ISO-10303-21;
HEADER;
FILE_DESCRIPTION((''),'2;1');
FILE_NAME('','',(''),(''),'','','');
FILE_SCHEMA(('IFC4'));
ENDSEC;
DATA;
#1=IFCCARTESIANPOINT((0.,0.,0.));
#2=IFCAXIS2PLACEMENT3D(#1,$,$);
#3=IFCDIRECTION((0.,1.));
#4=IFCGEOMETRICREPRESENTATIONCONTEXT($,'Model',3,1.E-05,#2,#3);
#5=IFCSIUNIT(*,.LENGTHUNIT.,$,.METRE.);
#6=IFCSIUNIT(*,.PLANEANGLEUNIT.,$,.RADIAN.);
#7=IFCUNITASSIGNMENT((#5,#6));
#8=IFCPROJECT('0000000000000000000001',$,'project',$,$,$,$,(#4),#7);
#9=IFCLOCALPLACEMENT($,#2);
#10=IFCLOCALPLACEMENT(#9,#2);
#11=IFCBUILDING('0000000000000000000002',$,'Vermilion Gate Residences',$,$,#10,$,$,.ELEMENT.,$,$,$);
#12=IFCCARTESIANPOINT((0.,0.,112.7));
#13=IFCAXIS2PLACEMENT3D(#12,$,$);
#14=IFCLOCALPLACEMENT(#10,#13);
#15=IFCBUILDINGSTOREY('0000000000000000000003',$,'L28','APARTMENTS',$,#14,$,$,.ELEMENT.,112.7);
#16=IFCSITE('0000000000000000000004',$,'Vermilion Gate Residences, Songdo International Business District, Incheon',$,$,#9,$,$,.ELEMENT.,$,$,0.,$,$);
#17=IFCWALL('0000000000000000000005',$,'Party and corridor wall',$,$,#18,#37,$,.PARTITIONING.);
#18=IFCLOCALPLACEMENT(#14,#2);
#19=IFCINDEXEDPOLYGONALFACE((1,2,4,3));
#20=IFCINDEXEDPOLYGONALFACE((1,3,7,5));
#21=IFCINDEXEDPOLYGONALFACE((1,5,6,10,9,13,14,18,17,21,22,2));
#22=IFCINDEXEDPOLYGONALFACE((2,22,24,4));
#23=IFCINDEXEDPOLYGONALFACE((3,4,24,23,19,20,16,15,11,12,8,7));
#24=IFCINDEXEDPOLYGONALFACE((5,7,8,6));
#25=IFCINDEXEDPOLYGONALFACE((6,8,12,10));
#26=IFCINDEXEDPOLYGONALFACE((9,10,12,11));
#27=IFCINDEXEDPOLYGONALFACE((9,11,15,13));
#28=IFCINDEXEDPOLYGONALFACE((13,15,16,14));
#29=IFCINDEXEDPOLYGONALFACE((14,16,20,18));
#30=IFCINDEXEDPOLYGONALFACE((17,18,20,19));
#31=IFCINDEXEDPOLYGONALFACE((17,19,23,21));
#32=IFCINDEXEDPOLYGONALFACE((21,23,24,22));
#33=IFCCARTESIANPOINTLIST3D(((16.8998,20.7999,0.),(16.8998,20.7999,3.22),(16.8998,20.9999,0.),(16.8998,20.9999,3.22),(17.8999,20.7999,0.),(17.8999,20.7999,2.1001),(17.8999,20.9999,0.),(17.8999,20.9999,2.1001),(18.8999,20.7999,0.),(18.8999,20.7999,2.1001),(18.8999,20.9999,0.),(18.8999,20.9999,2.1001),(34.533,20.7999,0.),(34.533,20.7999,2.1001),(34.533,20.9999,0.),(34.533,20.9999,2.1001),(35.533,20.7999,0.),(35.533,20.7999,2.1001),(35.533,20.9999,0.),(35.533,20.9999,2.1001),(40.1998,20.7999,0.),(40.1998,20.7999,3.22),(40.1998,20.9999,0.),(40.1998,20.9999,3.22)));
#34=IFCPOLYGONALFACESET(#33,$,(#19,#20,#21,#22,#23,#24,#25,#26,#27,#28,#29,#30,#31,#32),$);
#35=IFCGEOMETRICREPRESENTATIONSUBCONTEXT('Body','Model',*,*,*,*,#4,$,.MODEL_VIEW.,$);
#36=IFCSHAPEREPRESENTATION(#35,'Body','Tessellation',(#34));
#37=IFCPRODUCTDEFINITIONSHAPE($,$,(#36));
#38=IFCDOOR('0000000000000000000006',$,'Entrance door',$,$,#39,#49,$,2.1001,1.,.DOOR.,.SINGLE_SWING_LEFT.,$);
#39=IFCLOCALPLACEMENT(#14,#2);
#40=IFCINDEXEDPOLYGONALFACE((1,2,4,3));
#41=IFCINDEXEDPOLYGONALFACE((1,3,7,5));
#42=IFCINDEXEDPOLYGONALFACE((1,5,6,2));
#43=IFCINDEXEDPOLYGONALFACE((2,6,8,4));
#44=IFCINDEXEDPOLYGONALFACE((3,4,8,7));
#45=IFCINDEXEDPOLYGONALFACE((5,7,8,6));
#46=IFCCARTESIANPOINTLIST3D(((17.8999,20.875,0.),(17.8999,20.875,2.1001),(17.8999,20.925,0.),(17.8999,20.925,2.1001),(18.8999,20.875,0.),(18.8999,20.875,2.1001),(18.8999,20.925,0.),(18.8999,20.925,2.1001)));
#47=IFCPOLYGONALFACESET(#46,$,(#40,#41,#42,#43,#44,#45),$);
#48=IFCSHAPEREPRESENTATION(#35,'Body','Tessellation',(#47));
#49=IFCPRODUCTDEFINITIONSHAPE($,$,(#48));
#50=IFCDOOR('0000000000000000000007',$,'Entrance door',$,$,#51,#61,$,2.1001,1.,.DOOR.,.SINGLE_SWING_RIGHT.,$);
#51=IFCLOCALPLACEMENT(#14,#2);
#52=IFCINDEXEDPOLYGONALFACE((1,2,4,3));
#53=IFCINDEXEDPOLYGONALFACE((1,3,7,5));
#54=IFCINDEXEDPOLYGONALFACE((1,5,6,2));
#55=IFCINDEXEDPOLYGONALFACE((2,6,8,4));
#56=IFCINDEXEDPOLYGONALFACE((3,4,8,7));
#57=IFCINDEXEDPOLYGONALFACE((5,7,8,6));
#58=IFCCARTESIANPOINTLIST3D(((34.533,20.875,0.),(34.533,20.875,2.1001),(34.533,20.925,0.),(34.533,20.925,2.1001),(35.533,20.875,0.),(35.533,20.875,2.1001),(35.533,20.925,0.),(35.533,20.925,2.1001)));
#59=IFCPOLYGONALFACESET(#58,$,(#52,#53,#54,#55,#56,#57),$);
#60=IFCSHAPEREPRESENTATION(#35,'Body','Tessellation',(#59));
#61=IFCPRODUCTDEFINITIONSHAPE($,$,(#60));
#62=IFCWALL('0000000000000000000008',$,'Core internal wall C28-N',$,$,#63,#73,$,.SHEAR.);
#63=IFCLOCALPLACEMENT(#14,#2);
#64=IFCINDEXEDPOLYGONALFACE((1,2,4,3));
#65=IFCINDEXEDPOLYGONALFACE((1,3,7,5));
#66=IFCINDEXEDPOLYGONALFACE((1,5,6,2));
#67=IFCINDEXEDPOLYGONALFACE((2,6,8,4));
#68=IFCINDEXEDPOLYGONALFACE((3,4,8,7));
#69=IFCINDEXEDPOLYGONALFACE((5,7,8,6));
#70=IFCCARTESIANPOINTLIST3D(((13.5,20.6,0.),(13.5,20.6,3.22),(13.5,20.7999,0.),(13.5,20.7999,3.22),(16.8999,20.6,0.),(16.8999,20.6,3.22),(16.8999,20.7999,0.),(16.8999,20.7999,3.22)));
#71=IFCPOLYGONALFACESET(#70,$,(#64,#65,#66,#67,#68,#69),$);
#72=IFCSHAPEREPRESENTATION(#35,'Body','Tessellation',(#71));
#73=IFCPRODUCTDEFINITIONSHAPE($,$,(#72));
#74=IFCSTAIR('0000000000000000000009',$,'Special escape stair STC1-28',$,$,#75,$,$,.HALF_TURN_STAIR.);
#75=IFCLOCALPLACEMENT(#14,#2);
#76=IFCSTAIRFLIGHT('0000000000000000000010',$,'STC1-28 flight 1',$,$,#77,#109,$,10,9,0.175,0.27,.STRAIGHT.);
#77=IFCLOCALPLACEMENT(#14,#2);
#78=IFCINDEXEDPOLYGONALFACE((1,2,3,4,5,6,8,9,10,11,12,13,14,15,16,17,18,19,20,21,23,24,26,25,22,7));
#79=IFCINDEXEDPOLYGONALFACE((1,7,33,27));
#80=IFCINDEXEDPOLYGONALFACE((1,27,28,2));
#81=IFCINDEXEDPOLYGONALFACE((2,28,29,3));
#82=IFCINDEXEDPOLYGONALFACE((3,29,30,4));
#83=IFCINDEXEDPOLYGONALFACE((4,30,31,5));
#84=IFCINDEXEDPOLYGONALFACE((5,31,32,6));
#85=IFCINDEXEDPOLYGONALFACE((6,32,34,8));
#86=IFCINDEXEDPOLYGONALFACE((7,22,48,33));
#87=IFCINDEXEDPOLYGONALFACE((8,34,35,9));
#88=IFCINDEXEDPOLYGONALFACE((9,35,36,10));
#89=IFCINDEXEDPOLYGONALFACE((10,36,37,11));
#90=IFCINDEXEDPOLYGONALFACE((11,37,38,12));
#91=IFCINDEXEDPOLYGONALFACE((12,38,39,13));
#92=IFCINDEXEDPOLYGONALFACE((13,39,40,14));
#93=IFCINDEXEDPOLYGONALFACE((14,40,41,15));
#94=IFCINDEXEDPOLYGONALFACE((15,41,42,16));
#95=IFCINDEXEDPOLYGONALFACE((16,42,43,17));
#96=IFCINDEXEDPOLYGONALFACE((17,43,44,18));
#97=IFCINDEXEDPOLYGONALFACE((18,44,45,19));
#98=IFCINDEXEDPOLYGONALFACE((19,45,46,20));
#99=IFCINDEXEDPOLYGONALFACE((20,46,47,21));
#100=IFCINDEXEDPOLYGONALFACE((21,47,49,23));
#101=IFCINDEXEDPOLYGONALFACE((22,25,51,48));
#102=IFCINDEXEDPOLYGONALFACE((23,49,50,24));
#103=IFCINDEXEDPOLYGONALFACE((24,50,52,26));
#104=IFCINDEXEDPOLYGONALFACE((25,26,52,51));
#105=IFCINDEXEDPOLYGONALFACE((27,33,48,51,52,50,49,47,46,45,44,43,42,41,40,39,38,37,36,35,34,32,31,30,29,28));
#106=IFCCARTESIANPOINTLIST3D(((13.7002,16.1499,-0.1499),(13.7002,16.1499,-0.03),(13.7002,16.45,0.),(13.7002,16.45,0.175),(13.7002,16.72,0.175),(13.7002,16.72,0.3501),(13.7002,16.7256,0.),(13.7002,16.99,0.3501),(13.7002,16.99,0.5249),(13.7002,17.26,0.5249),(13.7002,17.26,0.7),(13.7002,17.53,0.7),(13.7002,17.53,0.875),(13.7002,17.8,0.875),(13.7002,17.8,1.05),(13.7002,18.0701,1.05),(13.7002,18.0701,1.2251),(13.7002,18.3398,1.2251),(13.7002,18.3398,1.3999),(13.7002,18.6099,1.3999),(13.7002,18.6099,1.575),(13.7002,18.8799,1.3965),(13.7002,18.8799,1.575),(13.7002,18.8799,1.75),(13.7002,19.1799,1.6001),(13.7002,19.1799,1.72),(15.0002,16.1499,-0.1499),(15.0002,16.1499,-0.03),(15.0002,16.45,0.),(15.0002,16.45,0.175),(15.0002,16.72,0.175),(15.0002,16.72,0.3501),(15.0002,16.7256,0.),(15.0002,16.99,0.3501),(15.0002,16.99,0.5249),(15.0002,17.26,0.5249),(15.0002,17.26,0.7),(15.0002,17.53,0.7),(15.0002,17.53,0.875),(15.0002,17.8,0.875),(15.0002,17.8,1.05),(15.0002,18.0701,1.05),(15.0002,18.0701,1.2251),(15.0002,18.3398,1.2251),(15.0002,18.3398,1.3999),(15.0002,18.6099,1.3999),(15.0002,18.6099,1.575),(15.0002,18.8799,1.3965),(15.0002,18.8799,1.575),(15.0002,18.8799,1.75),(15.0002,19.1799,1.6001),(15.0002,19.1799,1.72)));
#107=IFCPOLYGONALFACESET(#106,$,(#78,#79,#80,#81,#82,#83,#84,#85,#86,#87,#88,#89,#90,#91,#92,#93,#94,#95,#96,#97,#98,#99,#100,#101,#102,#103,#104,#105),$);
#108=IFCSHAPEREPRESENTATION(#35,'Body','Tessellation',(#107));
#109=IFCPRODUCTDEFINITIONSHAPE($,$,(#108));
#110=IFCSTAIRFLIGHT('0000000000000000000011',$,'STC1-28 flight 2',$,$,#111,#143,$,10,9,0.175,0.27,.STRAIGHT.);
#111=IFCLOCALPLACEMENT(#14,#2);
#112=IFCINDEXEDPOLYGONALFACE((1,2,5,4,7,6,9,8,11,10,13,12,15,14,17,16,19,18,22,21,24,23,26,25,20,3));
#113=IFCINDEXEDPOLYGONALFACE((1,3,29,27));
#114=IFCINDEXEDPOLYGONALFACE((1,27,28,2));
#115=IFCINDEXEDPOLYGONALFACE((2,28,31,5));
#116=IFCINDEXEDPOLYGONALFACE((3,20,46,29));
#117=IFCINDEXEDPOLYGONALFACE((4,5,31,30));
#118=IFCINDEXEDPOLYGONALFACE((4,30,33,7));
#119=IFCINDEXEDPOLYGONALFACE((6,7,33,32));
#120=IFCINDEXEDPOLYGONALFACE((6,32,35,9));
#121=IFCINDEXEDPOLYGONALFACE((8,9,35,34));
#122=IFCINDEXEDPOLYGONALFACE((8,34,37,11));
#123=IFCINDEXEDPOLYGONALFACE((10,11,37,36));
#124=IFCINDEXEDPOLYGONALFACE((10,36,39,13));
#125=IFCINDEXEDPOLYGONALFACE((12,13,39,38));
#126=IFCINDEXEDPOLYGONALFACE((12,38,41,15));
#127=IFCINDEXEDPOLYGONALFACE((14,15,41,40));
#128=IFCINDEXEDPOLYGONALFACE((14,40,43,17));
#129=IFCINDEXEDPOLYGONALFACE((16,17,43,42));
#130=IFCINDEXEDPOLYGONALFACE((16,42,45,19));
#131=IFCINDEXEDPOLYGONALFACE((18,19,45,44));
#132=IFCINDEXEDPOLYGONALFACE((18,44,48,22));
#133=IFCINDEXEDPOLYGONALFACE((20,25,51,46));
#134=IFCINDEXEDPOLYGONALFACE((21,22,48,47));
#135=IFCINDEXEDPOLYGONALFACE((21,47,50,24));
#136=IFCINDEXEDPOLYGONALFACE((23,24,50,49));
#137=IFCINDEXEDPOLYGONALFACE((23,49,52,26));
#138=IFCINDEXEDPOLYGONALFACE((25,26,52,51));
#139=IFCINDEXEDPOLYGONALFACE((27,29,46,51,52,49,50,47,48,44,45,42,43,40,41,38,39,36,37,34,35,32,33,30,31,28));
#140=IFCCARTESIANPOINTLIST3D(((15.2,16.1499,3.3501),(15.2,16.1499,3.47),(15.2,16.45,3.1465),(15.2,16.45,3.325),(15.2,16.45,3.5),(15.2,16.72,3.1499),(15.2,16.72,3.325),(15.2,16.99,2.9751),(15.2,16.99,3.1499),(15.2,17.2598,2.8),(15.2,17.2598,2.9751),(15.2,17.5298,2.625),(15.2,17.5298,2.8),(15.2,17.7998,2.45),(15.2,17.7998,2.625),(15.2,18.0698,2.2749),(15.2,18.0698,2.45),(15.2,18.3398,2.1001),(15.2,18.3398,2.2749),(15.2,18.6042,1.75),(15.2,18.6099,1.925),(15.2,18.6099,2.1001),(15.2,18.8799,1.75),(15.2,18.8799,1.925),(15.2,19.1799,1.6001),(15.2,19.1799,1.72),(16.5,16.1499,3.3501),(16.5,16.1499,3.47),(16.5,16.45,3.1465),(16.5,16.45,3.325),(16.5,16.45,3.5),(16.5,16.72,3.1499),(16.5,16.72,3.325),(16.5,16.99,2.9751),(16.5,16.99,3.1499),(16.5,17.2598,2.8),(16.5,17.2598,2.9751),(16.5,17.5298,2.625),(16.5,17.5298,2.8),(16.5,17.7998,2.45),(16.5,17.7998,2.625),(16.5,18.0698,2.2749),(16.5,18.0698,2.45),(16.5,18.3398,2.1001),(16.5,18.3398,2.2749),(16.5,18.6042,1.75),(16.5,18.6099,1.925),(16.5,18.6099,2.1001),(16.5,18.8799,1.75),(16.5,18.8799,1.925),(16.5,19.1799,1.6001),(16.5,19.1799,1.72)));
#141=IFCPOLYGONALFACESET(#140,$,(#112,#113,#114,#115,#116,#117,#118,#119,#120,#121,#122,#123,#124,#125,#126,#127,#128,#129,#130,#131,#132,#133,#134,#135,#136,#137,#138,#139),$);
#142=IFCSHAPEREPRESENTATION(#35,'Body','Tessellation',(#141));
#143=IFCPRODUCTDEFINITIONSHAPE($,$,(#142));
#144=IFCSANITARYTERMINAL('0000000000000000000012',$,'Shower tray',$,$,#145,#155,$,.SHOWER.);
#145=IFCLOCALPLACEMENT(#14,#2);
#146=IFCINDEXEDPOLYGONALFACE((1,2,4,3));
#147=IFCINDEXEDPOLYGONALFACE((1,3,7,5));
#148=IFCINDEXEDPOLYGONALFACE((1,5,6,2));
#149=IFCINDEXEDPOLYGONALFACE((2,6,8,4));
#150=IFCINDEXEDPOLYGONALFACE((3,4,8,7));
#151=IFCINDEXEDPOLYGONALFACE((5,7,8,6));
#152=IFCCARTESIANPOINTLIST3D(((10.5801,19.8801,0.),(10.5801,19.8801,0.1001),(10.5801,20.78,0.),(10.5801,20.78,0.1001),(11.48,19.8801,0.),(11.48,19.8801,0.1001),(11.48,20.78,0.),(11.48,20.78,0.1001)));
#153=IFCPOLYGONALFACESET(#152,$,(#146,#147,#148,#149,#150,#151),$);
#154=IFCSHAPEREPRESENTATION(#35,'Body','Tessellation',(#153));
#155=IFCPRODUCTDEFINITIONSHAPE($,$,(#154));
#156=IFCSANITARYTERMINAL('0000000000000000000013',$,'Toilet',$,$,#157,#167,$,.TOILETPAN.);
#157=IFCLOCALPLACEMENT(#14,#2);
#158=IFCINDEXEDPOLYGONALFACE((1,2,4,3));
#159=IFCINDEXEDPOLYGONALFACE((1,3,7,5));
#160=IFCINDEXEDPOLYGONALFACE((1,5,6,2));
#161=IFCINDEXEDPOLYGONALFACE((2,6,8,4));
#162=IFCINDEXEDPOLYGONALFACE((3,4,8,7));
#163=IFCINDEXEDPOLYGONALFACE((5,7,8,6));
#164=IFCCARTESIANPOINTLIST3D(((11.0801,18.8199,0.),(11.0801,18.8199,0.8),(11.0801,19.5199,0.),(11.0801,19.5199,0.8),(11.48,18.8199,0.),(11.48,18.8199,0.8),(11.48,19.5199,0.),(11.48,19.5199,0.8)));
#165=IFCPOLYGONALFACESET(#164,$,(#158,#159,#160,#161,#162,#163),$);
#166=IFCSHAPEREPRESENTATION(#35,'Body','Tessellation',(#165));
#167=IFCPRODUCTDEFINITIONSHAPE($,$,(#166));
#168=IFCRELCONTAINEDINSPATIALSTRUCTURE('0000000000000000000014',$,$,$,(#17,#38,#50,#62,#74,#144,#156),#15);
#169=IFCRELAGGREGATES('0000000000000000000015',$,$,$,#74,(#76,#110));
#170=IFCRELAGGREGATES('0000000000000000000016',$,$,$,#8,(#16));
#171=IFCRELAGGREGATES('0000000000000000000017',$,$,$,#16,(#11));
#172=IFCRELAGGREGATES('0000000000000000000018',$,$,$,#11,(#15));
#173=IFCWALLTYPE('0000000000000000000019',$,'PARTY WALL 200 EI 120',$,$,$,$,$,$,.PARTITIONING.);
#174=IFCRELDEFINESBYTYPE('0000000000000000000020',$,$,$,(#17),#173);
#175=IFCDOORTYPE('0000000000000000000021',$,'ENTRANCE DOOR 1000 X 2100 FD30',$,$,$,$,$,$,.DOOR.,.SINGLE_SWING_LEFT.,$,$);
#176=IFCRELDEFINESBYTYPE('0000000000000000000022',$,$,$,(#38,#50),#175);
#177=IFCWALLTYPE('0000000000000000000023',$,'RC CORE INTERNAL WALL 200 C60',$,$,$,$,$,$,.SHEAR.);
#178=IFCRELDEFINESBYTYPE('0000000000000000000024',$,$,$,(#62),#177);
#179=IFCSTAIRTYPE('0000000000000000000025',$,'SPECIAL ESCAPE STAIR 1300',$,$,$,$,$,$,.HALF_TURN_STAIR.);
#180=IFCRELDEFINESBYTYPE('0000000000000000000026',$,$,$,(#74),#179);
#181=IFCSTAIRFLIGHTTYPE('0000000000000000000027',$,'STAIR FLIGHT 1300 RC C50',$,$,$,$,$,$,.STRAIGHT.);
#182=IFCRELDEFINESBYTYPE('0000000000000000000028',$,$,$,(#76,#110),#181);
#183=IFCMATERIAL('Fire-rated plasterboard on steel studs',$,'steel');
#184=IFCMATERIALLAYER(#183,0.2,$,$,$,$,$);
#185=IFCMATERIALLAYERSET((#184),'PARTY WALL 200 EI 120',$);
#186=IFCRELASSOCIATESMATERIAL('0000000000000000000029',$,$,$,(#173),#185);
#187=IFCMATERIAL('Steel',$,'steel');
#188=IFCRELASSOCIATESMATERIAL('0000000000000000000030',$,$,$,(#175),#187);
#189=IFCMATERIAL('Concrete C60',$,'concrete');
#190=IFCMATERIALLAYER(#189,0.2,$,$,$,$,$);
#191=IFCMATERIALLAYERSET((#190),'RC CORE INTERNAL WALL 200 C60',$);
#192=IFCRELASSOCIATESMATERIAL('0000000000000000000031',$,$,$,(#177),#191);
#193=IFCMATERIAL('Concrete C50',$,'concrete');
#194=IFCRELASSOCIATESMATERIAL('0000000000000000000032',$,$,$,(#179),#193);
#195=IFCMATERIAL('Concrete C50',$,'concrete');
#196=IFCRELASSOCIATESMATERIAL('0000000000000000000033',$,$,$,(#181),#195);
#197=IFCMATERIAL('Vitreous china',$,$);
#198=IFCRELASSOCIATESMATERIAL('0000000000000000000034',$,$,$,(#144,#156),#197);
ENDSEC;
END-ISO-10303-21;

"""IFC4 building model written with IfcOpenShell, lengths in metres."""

from ifc_helpers import new_model, si_unit, direction, frame, frame_2d, origin, origin_2d, place, context, subcontext, project, spatial, polyline, rectangle, outline, extrude, material, layer, layer_set, type_object, element, fill, aggregate, save


model = new_model("IFC4")

# Units and contexts
model_context = context("Model", 3, precision=1e-05, world=origin(), true_north=direction((0.0, 1.0)))
body_context = subcontext(model_context, "Body", "Model", "MODEL_VIEW")
ifc_project = project(units=[si_unit("LENGTHUNIT", "METRE"), si_unit("PLANEANGLEUNIT", "RADIAN")], contexts=[model_context])

# Site, building, storey
site_placement = place(None, origin())
site = spatial("IfcSite", under=ifc_project, at=site_placement, Name="Vermilion Gate Residences, Songdo International Business District, Incheon", CompositionType="ELEMENT", RefElevation=0.0)
building_placement = place(site_placement, origin())
building = spatial("IfcBuilding", under=site, at=building_placement, Name="Vermilion Gate Residences", CompositionType="ELEMENT")
storey_placement = place(building_placement, frame((0.0, 0.0, 112.7)))
storey = spatial("IfcBuildingStorey", under=building, at=storey_placement, Name="L28", Description="APARTMENTS", CompositionType="ELEMENT", Elevation=112.7)

# Wall, openings, doors
ifc_material_1 = material(Name="Fire-rated plasterboard on steel studs", Category="steel")
ifc_layer_1 = layer(ifc_material_1, 0.2)
ifc_layer_set_1 = layer_set([ifc_layer_1], Name="PARTY WALL 200 EI 120")
wall_type_1 = type_object("IfcWallType", Name="PARTY WALL 200 EI 120", PredefinedType="PARTITIONING", material=ifc_layer_set_1)
wall_1_placement = place(storey_placement, frame((16.8999, 20.8999, 0.0), z_axis=(0.0, 0.0, 1.0), x_axis=(1.0, 0.0, 0.0)))
wall_1 = element("IfcWall", 1, at=wall_1_placement, inside=storey, type_object=wall_type_1, Name="Party and corridor wall", PredefinedType="PARTITIONING", context=body_context, shape_type="SweptSolid", body=[
    extrude(rectangle(XDim=23.3, YDim=0.2, at=frame_2d((11.6499, 0.0))), origin(), (0.0, 0.0, 1.0), 3.22),
])
opening_1_placement = place(wall_1_placement, frame((1.0, 0.0, 0.0)))
opening_1 = element("IfcOpeningElement", 2, at=opening_1_placement, cuts=wall_1, PredefinedType="OPENING", context=body_context, shape_type="SweptSolid", body=[
    extrude(rectangle(XDim=1.0, YDim=2.1001, at=frame_2d((0.5, 1.05))), frame((0.0, 0.1099, 0.0), z_axis=(0.0, -1.0, 0.0), x_axis=(1.0, 0.0, 0.0)), (0.0, 0.0, 1.0), 0.22),
])
opening_2_placement = place(wall_1_placement, frame((17.6331, 0.0, 0.0)))
opening_2 = element("IfcOpeningElement", 3, at=opening_2_placement, cuts=wall_1, PredefinedType="OPENING", context=body_context, shape_type="SweptSolid", body=[
    extrude(rectangle(XDim=1.0, YDim=2.1001, at=frame_2d((0.5, 1.05))), frame((0.0, 0.1099, 0.0), z_axis=(0.0, -1.0, 0.0), x_axis=(1.0, 0.0, 0.0)), (0.0, 0.0, 1.0), 0.22),
])
ifc_material_2 = material(Name="Steel", Category="steel")
door_type_1 = type_object("IfcDoorType", Name="ENTRANCE DOOR 1000 X 2100 FD30", OperationType="SINGLE_SWING_LEFT", PredefinedType="DOOR", material=ifc_material_2)
door_1_placement = place(opening_1_placement, frame((1.0, 0.0, 0.0), z_axis=(0.0, 0.0, 1.0), x_axis=(-1.0, 0.0, 0.0)))
door_1 = element("IfcDoor", 4, at=door_1_placement, inside=storey, type_object=door_type_1, Name="Entrance door", OperationType="SINGLE_SWING_LEFT", OverallHeight=2.1001, OverallWidth=1.0, PredefinedType="DOOR", context=body_context, shape_type="SweptSolid", body=[
    extrude(rectangle(XDim=1.0, YDim=2.1001, at=frame_2d((0.5, 1.05))), frame((0.0, 0.0249, 0.0), z_axis=(0.0, -1.0, 0.0), x_axis=(1.0, 0.0, 0.0)), (0.0, 0.0, 1.0), 0.05),
])
fill(opening_1, door_1)
door_2_placement = place(opening_2_placement, frame((1.0, 0.0, 0.0), z_axis=(0.0, 0.0, 1.0), x_axis=(-1.0, 0.0, 0.0)))
door_2 = element("IfcDoor", 5, at=door_2_placement, inside=storey, type_object=door_type_1, Name="Entrance door", OperationType="SINGLE_SWING_RIGHT", OverallHeight=2.1001, OverallWidth=1.0, PredefinedType="DOOR", context=body_context, shape_type="SweptSolid", body=[
    extrude(rectangle(XDim=1.0, YDim=2.1001, at=frame_2d((0.5, 1.05))), frame((0.0, 0.0249, 0.0), z_axis=(0.0, -1.0, 0.0), x_axis=(1.0, 0.0, 0.0)), (0.0, 0.0, 1.0), 0.05),
])
fill(opening_2, door_2)

# Wall
ifc_material_3 = material(Name="Concrete C60", Category="concrete")
ifc_layer_2 = layer(ifc_material_3, 0.2)
ifc_layer_set_2 = layer_set([ifc_layer_2], Name="RC CORE INTERNAL WALL 200 C60")
wall_type_2 = type_object("IfcWallType", Name="RC CORE INTERNAL WALL 200 C60", PredefinedType="SHEAR", material=ifc_layer_set_2)
wall_2_placement = place(storey_placement, frame((13.5, 20.7, 0.0), z_axis=(0.0, 0.0, 1.0), x_axis=(1.0, 0.0, 0.0)))
element("IfcWall", 6, at=wall_2_placement, inside=storey, type_object=wall_type_2, Name="Core internal wall C28-N", PredefinedType="SHEAR", context=body_context, shape_type="SweptSolid", body=[
    extrude(rectangle(XDim=3.3999, YDim=0.2, at=frame_2d((1.7, 0.0))), origin(), (0.0, 0.0, 1.0), 3.22),
])

# Stair, stair flights
ifc_material_4 = material(Name="Concrete C50", Category="concrete")
stair_type = type_object("IfcStairType", Name="SPECIAL ESCAPE STAIR 1300", PredefinedType="HALF_TURN_STAIR", material=ifc_material_4)
stair_placement = place(storey_placement, origin())
stair = element("IfcStair", 7, at=stair_placement, inside=storey, type_object=stair_type, Name="Special escape stair STC1-28", PredefinedType="HALF_TURN_STAIR")
ifc_material_5 = material(Name="Concrete C50", Category="concrete")
stair_flight_type = type_object("IfcStairFlightType", Name="STAIR FLIGHT 1300 RC C50", PredefinedType="STRAIGHT", material=ifc_material_5)
stair_flight_1_placement = place(storey_placement, frame((14.3501, 16.45, 0.0), z_axis=(0.0, 0.0, 1.0), x_axis=(0.0, 1.0, 0.0)))
stair_flight_1 = element("IfcStairFlight", 8, at=stair_flight_1_placement, type_object=stair_flight_type, Name="STC1-28 flight 1", NumberOfRisers=10, NumberOfTreads=9, PredefinedType="STRAIGHT", RiserHeight=0.175, TreadLength=0.27, context=body_context, shape_type="SweptSolid", body=[
    extrude(outline(polyline([(-0.3, -0.1499), (-0.3, -0.03), (0.0, 0.0), (0.0, 0.175), (0.27, 0.175), (0.27, 0.3501), (0.54, 0.3501), (0.54, 0.5249), (0.8101, 0.5249), (0.8101, 0.7), (1.0801, 0.7), (1.0801, 0.875), (1.3501, 0.875), (1.3501, 1.05), (1.6201, 1.05), (1.6201, 1.2251), (1.8899, 1.2251), (1.8899, 1.3999), (2.1599, 1.3999), (2.1599, 1.575), (2.4299, 1.575), (2.4299, 1.75), (2.73, 1.72), (2.73, 1.6001), (2.4299, 1.3965), (0.2756, 0.0), (-0.3, -0.1499)])), frame((0.0, 0.6499, 0.0), z_axis=(0.0, -1.0, 0.0), x_axis=(1.0, 0.0, 0.0)), (0.0, 0.0, 1.0), 1.3),
])
stair_flight_2_placement = place(storey_placement, frame((15.8501, 18.8799, 1.75), z_axis=(0.0, 0.0, 1.0), x_axis=(0.0, -1.0, 0.0)))
stair_flight_2 = element("IfcStairFlight", 9, at=stair_flight_2_placement, type_object=stair_flight_type, Name="STC1-28 flight 2", NumberOfRisers=10, NumberOfTreads=9, PredefinedType="STRAIGHT", RiserHeight=0.175, TreadLength=0.27, context=body_context, shape_type="SweptSolid", body=[
    extrude(outline(polyline([(-0.3, -0.1499), (-0.3, -0.03), (0.0, 0.0), (0.0, 0.175), (0.27, 0.175), (0.27, 0.3501), (0.54, 0.3501), (0.54, 0.5249), (0.8101, 0.5249), (0.8101, 0.7), (1.0801, 0.7), (1.0801, 0.875), (1.3501, 0.875), (1.3501, 1.05), (1.6201, 1.05), (1.6201, 1.2251), (1.8899, 1.2251), (1.8899, 1.3999), (2.1599, 1.3999), (2.1599, 1.575), (2.4299, 1.575), (2.4299, 1.75), (2.73, 1.72), (2.73, 1.6001), (2.4299, 1.3965), (0.2756, 0.0), (-0.3, -0.1499)])), frame((0.0, 0.6499, 0.0), z_axis=(0.0, -1.0, 0.0), x_axis=(1.0, 0.0, 0.0)), (0.0, 0.0, 1.0), 1.3),
])
aggregate(stair, [stair_flight_1, stair_flight_2])

# Sanitary terminals
ifc_material_6 = material(Name="Vitreous china")
sanitary_terminal_1_placement = place(storey_placement, frame((11.03, 20.3301, 0.0), z_axis=(0.0, 0.0, 1.0), x_axis=(1.0, 0.0, 0.0)))
element("IfcSanitaryTerminal", 10, at=sanitary_terminal_1_placement, inside=storey, material=ifc_material_6, Name="Shower tray", PredefinedType="SHOWER", context=body_context, shape_type="SweptSolid", body=[
    extrude(rectangle(XDim=0.8999, YDim=0.8999, at=origin_2d()), origin(), (0.0, 0.0, 1.0), 0.1001),
])
sanitary_terminal_2_placement = place(storey_placement, frame((11.28, 19.1699, 0.0), z_axis=(0.0, 0.0, 1.0), x_axis=(1.0, 0.0, 0.0)))
element("IfcSanitaryTerminal", 11, at=sanitary_terminal_2_placement, inside=storey, material=ifc_material_6, Name="Toilet", PredefinedType="TOILETPAN", context=body_context, shape_type="SweptSolid", body=[
    extrude(rectangle(XDim=0.3999, YDim=0.7, at=origin_2d()), origin(), (0.0, 0.0, 1.0), 0.8),
])

save(model, "model.ifc")
